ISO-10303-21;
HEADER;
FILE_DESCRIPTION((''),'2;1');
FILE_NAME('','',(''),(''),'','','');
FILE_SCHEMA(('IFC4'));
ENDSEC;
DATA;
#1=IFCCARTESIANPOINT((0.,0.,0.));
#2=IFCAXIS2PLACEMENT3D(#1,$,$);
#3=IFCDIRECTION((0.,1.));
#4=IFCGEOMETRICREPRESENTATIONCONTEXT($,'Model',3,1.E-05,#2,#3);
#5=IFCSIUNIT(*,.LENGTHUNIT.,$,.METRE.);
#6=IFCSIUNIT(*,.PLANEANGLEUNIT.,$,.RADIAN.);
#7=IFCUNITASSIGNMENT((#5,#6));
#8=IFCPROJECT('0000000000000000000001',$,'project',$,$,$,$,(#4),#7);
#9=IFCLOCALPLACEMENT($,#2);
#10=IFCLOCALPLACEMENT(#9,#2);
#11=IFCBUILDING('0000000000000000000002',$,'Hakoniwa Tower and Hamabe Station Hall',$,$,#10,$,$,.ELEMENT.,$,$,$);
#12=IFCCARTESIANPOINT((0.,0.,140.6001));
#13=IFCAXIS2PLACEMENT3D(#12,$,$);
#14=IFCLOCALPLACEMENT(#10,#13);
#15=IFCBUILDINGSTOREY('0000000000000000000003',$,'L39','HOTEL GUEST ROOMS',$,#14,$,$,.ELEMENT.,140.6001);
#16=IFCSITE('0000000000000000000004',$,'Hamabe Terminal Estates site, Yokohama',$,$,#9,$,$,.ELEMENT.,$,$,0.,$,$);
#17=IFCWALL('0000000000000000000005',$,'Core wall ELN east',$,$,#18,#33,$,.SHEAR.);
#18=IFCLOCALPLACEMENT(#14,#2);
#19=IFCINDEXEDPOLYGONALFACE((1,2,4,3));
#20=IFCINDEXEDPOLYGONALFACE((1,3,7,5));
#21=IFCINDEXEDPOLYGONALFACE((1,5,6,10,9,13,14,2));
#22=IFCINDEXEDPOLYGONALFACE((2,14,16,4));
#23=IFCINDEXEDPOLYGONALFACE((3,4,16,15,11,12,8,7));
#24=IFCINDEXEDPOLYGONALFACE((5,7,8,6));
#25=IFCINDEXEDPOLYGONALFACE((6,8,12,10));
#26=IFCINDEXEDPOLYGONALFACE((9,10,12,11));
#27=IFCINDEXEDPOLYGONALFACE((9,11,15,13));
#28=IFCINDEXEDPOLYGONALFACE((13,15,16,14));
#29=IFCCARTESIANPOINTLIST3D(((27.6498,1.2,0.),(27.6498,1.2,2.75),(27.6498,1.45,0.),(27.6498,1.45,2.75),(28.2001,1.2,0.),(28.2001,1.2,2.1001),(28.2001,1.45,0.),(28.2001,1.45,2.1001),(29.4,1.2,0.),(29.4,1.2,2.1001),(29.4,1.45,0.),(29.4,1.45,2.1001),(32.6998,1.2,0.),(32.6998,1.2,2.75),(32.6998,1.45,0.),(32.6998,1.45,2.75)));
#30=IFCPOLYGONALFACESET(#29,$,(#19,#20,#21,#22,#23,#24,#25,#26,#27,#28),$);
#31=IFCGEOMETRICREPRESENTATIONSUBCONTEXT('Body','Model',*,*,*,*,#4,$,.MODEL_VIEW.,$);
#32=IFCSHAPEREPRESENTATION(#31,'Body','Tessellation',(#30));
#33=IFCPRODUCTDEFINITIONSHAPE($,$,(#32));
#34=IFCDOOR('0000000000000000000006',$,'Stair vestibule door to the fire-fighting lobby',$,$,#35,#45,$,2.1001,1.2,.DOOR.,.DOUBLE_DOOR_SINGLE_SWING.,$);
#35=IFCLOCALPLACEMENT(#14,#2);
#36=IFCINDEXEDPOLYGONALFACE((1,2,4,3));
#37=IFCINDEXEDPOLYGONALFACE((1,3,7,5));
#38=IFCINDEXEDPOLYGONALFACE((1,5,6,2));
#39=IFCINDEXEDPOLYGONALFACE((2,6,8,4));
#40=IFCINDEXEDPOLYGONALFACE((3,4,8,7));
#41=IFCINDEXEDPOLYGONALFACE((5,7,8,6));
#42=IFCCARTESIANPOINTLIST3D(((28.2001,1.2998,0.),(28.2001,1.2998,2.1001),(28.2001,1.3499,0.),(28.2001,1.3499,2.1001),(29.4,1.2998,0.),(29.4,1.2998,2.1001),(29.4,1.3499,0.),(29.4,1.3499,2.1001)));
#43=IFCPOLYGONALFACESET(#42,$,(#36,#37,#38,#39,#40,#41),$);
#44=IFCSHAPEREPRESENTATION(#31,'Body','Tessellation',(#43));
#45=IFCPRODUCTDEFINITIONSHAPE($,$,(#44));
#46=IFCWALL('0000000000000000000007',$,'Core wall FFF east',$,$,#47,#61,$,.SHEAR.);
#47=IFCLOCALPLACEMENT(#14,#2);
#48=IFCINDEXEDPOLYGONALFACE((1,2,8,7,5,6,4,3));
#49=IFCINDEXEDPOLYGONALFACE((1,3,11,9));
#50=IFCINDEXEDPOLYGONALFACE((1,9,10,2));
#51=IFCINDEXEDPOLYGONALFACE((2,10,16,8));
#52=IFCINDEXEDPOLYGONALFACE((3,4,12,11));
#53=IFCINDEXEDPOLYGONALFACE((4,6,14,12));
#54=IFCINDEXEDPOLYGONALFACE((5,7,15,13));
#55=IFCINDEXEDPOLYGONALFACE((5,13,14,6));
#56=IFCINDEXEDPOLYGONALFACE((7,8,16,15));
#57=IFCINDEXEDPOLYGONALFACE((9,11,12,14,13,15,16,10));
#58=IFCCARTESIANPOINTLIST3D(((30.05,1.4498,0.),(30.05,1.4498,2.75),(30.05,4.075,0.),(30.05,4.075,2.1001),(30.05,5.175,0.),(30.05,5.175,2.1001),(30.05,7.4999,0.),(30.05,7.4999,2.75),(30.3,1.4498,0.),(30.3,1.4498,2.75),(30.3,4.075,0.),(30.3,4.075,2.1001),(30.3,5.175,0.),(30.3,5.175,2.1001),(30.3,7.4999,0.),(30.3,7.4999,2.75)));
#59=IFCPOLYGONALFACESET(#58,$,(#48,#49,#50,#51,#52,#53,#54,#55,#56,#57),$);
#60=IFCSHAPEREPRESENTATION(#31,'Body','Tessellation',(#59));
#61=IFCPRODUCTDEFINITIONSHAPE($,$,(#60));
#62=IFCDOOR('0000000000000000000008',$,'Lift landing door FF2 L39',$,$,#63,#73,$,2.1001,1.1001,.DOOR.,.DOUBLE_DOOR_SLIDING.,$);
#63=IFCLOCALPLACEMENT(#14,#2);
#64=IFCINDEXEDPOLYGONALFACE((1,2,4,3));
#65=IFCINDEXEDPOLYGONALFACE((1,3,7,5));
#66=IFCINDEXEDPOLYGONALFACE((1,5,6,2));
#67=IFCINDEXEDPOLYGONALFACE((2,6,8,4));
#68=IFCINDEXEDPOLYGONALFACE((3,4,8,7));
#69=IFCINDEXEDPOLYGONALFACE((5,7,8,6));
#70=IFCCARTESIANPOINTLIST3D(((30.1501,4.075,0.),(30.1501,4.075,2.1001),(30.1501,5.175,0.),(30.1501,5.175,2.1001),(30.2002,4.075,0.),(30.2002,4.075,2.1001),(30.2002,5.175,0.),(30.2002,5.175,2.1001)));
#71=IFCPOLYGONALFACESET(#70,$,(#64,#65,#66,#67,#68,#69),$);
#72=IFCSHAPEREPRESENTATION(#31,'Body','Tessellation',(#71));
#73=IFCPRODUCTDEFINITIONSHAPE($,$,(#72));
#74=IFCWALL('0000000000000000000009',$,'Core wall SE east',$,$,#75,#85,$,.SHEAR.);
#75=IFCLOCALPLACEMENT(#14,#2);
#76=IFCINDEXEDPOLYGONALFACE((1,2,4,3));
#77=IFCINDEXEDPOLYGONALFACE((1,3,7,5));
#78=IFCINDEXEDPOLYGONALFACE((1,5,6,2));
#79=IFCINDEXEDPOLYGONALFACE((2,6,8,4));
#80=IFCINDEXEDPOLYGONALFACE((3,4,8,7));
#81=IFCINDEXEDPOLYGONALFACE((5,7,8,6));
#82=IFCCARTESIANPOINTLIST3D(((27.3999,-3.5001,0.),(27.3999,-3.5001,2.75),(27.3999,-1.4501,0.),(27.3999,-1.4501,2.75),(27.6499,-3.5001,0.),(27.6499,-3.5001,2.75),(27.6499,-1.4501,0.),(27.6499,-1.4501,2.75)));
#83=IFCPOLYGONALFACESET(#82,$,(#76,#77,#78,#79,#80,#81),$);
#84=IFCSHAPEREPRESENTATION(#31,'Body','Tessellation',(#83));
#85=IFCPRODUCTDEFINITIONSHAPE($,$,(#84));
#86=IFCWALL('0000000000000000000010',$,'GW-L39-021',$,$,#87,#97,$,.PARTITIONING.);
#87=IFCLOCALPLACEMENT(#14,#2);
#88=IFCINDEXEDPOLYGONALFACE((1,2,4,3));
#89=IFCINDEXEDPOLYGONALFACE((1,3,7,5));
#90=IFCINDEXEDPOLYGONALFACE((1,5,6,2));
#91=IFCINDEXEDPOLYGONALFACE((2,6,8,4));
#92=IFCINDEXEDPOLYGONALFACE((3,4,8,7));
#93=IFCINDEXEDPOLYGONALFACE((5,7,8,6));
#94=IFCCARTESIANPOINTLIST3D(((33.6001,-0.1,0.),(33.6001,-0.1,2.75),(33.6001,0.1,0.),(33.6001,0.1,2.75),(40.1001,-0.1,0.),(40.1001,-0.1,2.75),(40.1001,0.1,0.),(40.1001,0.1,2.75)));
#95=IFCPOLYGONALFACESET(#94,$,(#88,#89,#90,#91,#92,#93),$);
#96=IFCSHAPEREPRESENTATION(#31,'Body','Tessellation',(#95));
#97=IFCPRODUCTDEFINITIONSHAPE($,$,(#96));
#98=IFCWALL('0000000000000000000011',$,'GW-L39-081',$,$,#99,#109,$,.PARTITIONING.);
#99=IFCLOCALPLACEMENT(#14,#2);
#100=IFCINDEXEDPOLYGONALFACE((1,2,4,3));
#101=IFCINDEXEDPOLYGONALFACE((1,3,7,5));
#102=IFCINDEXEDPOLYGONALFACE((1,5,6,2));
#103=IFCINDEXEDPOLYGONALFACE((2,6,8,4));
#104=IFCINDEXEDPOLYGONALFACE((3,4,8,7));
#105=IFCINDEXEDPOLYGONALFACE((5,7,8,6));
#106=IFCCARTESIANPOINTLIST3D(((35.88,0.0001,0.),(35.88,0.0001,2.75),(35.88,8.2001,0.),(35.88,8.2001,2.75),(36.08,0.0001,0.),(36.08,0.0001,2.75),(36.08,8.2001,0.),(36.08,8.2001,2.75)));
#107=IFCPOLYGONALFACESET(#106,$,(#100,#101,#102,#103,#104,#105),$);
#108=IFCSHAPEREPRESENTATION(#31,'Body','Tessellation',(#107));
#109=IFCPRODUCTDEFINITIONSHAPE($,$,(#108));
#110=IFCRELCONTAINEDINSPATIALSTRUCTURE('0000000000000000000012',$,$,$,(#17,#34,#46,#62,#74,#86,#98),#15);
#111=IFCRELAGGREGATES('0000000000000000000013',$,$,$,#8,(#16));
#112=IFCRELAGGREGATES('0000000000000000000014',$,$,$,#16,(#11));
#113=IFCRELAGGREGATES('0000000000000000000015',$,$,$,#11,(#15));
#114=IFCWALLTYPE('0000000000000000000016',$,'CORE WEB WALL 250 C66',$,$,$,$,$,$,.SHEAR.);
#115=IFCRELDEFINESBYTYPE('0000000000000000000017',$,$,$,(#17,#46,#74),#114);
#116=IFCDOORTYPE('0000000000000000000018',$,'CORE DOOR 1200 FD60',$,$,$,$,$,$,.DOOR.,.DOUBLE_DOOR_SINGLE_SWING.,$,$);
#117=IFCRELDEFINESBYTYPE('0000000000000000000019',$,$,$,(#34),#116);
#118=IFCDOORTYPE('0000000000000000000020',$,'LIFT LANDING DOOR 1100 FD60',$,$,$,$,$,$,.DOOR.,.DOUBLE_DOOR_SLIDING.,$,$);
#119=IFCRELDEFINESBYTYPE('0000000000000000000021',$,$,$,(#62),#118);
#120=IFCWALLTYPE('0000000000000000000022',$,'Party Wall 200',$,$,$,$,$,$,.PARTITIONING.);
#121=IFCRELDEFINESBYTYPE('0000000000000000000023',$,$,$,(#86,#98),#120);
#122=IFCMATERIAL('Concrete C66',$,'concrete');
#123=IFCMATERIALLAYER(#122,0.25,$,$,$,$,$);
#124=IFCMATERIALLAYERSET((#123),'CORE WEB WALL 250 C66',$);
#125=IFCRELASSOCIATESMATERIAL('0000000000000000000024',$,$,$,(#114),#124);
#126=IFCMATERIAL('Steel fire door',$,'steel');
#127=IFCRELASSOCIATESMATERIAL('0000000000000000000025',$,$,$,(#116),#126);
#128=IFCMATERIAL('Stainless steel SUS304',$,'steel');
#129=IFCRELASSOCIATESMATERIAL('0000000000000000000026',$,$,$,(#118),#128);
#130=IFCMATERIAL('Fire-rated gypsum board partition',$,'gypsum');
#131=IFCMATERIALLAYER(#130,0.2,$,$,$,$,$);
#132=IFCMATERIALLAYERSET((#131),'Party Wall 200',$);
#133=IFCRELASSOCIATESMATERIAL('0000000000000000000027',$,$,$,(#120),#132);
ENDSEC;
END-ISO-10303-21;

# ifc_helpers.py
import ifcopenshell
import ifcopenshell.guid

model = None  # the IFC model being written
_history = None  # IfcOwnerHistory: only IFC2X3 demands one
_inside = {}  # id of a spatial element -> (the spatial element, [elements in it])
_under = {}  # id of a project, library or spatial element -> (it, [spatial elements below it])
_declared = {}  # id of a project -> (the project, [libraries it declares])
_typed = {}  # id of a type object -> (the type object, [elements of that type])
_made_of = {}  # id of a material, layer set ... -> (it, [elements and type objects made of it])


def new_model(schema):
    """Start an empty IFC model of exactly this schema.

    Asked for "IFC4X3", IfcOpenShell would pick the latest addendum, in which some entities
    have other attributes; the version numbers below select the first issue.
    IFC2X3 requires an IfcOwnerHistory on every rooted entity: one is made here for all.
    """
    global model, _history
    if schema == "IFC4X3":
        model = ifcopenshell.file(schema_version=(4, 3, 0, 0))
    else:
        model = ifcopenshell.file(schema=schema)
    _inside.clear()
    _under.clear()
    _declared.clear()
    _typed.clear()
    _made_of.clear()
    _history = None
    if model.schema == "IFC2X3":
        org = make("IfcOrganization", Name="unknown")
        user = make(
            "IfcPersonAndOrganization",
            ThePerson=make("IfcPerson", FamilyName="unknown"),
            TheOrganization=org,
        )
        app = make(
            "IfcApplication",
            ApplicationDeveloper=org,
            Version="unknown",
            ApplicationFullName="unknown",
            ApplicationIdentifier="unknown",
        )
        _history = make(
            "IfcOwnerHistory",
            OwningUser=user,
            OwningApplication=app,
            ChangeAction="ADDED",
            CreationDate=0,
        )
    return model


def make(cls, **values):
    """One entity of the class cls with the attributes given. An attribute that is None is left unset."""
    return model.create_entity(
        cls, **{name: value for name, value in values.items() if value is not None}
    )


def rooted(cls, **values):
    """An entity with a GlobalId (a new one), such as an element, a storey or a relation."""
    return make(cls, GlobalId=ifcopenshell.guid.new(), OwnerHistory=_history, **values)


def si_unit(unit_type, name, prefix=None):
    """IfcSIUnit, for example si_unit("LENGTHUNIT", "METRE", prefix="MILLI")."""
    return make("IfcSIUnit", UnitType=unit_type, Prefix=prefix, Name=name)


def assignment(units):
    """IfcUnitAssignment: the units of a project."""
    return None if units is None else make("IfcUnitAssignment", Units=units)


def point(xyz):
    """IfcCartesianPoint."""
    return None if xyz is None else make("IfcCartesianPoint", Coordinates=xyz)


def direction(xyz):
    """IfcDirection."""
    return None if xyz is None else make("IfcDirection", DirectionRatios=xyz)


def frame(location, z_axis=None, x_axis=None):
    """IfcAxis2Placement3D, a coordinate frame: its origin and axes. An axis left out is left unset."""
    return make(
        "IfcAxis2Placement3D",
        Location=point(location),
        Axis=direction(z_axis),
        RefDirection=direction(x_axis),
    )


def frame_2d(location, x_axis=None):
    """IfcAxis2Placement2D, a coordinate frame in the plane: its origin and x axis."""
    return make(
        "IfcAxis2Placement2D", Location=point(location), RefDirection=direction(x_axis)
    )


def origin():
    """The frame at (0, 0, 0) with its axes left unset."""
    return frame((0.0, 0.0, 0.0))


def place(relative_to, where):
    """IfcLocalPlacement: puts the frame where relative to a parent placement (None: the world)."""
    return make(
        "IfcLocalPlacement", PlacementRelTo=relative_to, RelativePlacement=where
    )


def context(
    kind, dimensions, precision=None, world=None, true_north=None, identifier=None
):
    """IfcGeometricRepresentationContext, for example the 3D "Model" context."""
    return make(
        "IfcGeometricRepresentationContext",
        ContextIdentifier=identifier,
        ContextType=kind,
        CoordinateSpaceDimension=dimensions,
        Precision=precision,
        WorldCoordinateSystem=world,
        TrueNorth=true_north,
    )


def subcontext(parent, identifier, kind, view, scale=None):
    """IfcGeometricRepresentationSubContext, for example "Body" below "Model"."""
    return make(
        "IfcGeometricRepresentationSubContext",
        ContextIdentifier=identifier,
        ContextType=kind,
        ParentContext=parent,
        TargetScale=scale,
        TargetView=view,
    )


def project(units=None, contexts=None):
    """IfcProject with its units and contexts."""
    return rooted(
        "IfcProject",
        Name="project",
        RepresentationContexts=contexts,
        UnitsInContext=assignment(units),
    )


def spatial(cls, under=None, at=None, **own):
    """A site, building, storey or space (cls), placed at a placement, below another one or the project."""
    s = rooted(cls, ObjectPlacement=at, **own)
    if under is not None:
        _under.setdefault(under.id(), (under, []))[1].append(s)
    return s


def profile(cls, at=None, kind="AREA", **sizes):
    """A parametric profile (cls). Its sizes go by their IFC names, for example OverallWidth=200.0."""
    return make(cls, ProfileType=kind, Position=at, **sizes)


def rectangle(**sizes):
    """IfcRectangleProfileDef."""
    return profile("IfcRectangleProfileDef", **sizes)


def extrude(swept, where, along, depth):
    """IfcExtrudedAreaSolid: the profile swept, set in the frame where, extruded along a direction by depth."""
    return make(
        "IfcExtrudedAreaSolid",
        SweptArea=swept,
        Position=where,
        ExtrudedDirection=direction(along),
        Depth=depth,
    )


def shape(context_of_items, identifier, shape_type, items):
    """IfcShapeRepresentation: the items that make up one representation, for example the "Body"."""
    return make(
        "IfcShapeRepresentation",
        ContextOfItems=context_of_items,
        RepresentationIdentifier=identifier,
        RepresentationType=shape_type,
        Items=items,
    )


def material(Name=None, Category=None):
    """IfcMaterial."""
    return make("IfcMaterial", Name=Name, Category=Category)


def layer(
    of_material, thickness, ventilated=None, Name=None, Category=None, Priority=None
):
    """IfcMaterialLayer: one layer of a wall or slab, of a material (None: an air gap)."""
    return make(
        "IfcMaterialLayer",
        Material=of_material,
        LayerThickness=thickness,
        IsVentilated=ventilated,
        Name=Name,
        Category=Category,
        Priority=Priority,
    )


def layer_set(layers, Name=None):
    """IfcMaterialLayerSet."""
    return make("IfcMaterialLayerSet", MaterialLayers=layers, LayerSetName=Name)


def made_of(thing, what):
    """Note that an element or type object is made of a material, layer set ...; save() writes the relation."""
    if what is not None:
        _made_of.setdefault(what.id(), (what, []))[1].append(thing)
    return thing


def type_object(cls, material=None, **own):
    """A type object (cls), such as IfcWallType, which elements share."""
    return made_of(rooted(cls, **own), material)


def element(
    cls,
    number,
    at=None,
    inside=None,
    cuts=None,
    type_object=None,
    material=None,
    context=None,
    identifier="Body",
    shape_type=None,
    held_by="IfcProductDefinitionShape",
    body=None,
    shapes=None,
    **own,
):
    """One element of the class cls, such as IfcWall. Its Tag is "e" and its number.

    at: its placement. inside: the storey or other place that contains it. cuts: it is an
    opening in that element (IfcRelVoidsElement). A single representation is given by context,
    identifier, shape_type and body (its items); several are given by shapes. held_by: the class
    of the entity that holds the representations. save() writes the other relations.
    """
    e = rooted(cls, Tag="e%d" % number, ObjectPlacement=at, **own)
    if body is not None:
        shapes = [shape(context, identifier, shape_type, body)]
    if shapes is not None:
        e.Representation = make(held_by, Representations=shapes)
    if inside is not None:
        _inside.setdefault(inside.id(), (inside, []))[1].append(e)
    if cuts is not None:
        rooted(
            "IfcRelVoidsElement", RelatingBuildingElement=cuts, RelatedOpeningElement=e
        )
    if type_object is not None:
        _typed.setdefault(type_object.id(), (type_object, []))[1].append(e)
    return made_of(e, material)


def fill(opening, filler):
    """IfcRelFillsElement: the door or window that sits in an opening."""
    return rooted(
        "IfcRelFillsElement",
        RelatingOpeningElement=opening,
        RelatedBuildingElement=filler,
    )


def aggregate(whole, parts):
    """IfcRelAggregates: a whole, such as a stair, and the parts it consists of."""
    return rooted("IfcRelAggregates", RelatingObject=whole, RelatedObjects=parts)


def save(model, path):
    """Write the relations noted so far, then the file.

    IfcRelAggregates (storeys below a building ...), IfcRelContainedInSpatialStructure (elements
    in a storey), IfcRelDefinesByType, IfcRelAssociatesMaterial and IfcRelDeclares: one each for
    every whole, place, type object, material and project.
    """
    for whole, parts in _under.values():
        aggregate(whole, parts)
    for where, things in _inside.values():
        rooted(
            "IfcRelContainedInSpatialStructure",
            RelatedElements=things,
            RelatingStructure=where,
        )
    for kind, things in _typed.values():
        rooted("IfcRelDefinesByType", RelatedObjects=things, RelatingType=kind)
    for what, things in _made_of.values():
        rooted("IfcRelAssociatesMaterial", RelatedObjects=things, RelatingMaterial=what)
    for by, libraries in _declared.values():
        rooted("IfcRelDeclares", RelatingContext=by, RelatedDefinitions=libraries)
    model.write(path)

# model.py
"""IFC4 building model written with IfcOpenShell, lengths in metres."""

from ifc_helpers import new_model, si_unit, direction, frame, frame_2d, origin, place, context, subcontext, project, spatial, rectangle, extrude, material, layer, layer_set, type_object, element, fill, save


model = new_model("IFC4")

# Units and contexts
model_context = context("Model", 3, precision=1e-05, world=origin(), true_north=direction((0.0, 1.0)))
body_context = subcontext(model_context, "Body", "Model", "MODEL_VIEW")
ifc_project = project(units=[si_unit("LENGTHUNIT", "METRE"), si_unit("PLANEANGLEUNIT", "RADIAN")], contexts=[model_context])

# Site, building, storey
site_placement = place(None, origin())
site = spatial("IfcSite", under=ifc_project, at=site_placement, Name="Hamabe Terminal Estates site, Yokohama", CompositionType="ELEMENT", RefElevation=0.0)
building_placement = place(site_placement, origin())
building = spatial("IfcBuilding", under=site, at=building_placement, Name="Hakoniwa Tower and Hamabe Station Hall", CompositionType="ELEMENT")
storey_placement = place(building_placement, frame((0.0, 0.0, 140.6001)))
storey = spatial("IfcBuildingStorey", under=building, at=storey_placement, Name="L39", Description="HOTEL GUEST ROOMS", CompositionType="ELEMENT", Elevation=140.6001)

# Shared definitions
ifc_material_1 = material(Name="Concrete C66", Category="concrete")
ifc_layer_1 = layer(ifc_material_1, 0.25)
ifc_layer_set_1 = layer_set([ifc_layer_1], Name="CORE WEB WALL 250 C66")
wall_type_1 = type_object("IfcWallType", Name="CORE WEB WALL 250 C66", PredefinedType="SHEAR", material=ifc_layer_set_1)

# Walls, openings, doors
ifc_material_2 = material(Name="Steel fire door", Category="steel")
door_type_1 = type_object("IfcDoorType", Name="CORE DOOR 1200 FD60", OperationType="DOUBLE_DOOR_SINGLE_SWING", PredefinedType="DOOR", material=ifc_material_2)
wall_1_placement = place(storey_placement, frame((27.6499, 1.325, 0.0), z_axis=(0.0, 0.0, 1.0), x_axis=(1.0, 0.0, 0.0)))
wall_1 = element("IfcWall", 1, at=wall_1_placement, inside=storey, type_object=wall_type_1, Name="Core wall ELN east", PredefinedType="SHEAR", context=body_context, shape_type="SweptSolid", body=[
    extrude(rectangle(XDim=5.05, YDim=0.25, at=frame_2d((2.5249, 0.0))), origin(), (0.0, 0.0, 1.0), 2.75),
])
opening_1_placement = place(wall_1_placement, frame((0.55, 0.0, 0.0)))
opening_1 = element("IfcOpeningElement", 2, at=opening_1_placement, cuts=wall_1, PredefinedType="OPENING", context=body_context, shape_type="SweptSolid", body=[
    extrude(rectangle(XDim=1.2, YDim=2.1001, at=frame_2d((0.6001, 1.05))), frame((0.0, 0.135, 0.0), z_axis=(0.0, -1.0, 0.0), x_axis=(1.0, 0.0, 0.0)), (0.0, 0.0, 1.0), 0.27),
])
door_1_placement = place(opening_1_placement, origin())
door_1 = element("IfcDoor", 3, at=door_1_placement, inside=storey, type_object=door_type_1, Name="Stair vestibule door to the fire-fighting lobby", OperationType="DOUBLE_DOOR_SINGLE_SWING", OverallHeight=2.1001, OverallWidth=1.2, PredefinedType="DOOR", context=body_context, shape_type="SweptSolid", body=[
    extrude(rectangle(XDim=1.2, YDim=2.1001, at=frame_2d((0.6001, 1.05))), frame((0.0, 0.0249, 0.0), z_axis=(0.0, -1.0, 0.0), x_axis=(1.0, 0.0, 0.0)), (0.0, 0.0, 1.0), 0.05),
])
fill(opening_1, door_1)
wall_2_placement = place(storey_placement, frame((30.175, 1.45, 0.0), z_axis=(0.0, 0.0, 1.0), x_axis=(0.0, 1.0, 0.0)))
wall_2 = element("IfcWall", 4, at=wall_2_placement, inside=storey, type_object=wall_type_1, Name="Core wall FFF east", PredefinedType="SHEAR", context=body_context, shape_type="SweptSolid", body=[
    extrude(rectangle(XDim=6.05, YDim=0.25, at=frame_2d((3.0249, 0.0))), origin(), (0.0, 0.0, 1.0), 2.75),
])
opening_2_placement = place(wall_2_placement, frame((2.625, 0.0, 0.0)))
opening_2 = element("IfcOpeningElement", 5, at=opening_2_placement, cuts=wall_2, PredefinedType="OPENING", context=body_context, shape_type="SweptSolid", body=[
    extrude(rectangle(XDim=1.1001, YDim=2.1001, at=frame_2d((0.55, 1.05))), frame((0.0, 0.135, 0.0), z_axis=(0.0, -1.0, 0.0), x_axis=(1.0, 0.0, 0.0)), (0.0, 0.0, 1.0), 0.27),
])
ifc_material_3 = material(Name="Stainless steel SUS304", Category="steel")
door_type_2 = type_object("IfcDoorType", Name="LIFT LANDING DOOR 1100 FD60", OperationType="DOUBLE_DOOR_SLIDING", PredefinedType="DOOR", material=ifc_material_3)
door_2_placement = place(opening_2_placement, origin())
door_2 = element("IfcDoor", 6, at=door_2_placement, inside=storey, type_object=door_type_2, Name="Lift landing door FF2 L39", OperationType="DOUBLE_DOOR_SLIDING", OverallHeight=2.1001, OverallWidth=1.1001, PredefinedType="DOOR", context=body_context, shape_type="SweptSolid", body=[
    extrude(rectangle(XDim=1.1001, YDim=2.1001, at=frame_2d((0.55, 1.05))), frame((0.0, 0.0249, 0.0), z_axis=(0.0, -1.0, 0.0), x_axis=(1.0, 0.0, 0.0)), (0.0, 0.0, 1.0), 0.05),
])
fill(opening_2, door_2)

# Walls
wall_3_placement = place(storey_placement, frame((27.5249, -3.5, 0.0), z_axis=(0.0, 0.0, 1.0), x_axis=(0.0, 1.0, 0.0)))
element("IfcWall", 7, at=wall_3_placement, inside=storey, type_object=wall_type_1, Name="Core wall SE east", PredefinedType="SHEAR", context=body_context, shape_type="SweptSolid", body=[
    extrude(rectangle(XDim=2.05, YDim=0.25, at=frame_2d((1.0249, 0.0))), origin(), (0.0, 0.0, 1.0), 2.75),
])
ifc_material_4 = material(Name="Fire-rated gypsum board partition", Category="gypsum")
ifc_layer_2 = layer(ifc_material_4, 0.2)
ifc_layer_set_2 = layer_set([ifc_layer_2], Name="Party Wall 200")
wall_type_2 = type_object("IfcWallType", Name="Party Wall 200", PredefinedType="PARTITIONING", material=ifc_layer_set_2)
wall_4_placement = place(storey_placement, frame((33.6001, 0.0, 0.0), z_axis=(0.0, 0.0, 1.0), x_axis=(1.0, 0.0, 0.0)))
element("IfcWall", 8, at=wall_4_placement, inside=storey, type_object=wall_type_2, Name="GW-L39-021", PredefinedType="PARTITIONING", context=body_context, shape_type="SweptSolid", body=[
    extrude(rectangle(XDim=6.5, YDim=0.2, at=frame_2d((3.25, 0.0))), origin(), (0.0, 0.0, 1.0), 2.75),
])
wall_5_placement = place(storey_placement, frame((35.98, 0.0, 0.0), z_axis=(0.0, 0.0, 1.0), x_axis=(0.0, 1.0, 0.0)))
element("IfcWall", 9, at=wall_5_placement, inside=storey, type_object=wall_type_2, Name="GW-L39-081", PredefinedType="PARTITIONING", context=body_context, shape_type="SweptSolid", body=[
    extrude(rectangle(XDim=8.2, YDim=0.2, at=frame_2d((4.1001, 0.0))), origin(), (0.0, 0.0, 1.0), 2.75),
])

save(model, "model.ifc")
